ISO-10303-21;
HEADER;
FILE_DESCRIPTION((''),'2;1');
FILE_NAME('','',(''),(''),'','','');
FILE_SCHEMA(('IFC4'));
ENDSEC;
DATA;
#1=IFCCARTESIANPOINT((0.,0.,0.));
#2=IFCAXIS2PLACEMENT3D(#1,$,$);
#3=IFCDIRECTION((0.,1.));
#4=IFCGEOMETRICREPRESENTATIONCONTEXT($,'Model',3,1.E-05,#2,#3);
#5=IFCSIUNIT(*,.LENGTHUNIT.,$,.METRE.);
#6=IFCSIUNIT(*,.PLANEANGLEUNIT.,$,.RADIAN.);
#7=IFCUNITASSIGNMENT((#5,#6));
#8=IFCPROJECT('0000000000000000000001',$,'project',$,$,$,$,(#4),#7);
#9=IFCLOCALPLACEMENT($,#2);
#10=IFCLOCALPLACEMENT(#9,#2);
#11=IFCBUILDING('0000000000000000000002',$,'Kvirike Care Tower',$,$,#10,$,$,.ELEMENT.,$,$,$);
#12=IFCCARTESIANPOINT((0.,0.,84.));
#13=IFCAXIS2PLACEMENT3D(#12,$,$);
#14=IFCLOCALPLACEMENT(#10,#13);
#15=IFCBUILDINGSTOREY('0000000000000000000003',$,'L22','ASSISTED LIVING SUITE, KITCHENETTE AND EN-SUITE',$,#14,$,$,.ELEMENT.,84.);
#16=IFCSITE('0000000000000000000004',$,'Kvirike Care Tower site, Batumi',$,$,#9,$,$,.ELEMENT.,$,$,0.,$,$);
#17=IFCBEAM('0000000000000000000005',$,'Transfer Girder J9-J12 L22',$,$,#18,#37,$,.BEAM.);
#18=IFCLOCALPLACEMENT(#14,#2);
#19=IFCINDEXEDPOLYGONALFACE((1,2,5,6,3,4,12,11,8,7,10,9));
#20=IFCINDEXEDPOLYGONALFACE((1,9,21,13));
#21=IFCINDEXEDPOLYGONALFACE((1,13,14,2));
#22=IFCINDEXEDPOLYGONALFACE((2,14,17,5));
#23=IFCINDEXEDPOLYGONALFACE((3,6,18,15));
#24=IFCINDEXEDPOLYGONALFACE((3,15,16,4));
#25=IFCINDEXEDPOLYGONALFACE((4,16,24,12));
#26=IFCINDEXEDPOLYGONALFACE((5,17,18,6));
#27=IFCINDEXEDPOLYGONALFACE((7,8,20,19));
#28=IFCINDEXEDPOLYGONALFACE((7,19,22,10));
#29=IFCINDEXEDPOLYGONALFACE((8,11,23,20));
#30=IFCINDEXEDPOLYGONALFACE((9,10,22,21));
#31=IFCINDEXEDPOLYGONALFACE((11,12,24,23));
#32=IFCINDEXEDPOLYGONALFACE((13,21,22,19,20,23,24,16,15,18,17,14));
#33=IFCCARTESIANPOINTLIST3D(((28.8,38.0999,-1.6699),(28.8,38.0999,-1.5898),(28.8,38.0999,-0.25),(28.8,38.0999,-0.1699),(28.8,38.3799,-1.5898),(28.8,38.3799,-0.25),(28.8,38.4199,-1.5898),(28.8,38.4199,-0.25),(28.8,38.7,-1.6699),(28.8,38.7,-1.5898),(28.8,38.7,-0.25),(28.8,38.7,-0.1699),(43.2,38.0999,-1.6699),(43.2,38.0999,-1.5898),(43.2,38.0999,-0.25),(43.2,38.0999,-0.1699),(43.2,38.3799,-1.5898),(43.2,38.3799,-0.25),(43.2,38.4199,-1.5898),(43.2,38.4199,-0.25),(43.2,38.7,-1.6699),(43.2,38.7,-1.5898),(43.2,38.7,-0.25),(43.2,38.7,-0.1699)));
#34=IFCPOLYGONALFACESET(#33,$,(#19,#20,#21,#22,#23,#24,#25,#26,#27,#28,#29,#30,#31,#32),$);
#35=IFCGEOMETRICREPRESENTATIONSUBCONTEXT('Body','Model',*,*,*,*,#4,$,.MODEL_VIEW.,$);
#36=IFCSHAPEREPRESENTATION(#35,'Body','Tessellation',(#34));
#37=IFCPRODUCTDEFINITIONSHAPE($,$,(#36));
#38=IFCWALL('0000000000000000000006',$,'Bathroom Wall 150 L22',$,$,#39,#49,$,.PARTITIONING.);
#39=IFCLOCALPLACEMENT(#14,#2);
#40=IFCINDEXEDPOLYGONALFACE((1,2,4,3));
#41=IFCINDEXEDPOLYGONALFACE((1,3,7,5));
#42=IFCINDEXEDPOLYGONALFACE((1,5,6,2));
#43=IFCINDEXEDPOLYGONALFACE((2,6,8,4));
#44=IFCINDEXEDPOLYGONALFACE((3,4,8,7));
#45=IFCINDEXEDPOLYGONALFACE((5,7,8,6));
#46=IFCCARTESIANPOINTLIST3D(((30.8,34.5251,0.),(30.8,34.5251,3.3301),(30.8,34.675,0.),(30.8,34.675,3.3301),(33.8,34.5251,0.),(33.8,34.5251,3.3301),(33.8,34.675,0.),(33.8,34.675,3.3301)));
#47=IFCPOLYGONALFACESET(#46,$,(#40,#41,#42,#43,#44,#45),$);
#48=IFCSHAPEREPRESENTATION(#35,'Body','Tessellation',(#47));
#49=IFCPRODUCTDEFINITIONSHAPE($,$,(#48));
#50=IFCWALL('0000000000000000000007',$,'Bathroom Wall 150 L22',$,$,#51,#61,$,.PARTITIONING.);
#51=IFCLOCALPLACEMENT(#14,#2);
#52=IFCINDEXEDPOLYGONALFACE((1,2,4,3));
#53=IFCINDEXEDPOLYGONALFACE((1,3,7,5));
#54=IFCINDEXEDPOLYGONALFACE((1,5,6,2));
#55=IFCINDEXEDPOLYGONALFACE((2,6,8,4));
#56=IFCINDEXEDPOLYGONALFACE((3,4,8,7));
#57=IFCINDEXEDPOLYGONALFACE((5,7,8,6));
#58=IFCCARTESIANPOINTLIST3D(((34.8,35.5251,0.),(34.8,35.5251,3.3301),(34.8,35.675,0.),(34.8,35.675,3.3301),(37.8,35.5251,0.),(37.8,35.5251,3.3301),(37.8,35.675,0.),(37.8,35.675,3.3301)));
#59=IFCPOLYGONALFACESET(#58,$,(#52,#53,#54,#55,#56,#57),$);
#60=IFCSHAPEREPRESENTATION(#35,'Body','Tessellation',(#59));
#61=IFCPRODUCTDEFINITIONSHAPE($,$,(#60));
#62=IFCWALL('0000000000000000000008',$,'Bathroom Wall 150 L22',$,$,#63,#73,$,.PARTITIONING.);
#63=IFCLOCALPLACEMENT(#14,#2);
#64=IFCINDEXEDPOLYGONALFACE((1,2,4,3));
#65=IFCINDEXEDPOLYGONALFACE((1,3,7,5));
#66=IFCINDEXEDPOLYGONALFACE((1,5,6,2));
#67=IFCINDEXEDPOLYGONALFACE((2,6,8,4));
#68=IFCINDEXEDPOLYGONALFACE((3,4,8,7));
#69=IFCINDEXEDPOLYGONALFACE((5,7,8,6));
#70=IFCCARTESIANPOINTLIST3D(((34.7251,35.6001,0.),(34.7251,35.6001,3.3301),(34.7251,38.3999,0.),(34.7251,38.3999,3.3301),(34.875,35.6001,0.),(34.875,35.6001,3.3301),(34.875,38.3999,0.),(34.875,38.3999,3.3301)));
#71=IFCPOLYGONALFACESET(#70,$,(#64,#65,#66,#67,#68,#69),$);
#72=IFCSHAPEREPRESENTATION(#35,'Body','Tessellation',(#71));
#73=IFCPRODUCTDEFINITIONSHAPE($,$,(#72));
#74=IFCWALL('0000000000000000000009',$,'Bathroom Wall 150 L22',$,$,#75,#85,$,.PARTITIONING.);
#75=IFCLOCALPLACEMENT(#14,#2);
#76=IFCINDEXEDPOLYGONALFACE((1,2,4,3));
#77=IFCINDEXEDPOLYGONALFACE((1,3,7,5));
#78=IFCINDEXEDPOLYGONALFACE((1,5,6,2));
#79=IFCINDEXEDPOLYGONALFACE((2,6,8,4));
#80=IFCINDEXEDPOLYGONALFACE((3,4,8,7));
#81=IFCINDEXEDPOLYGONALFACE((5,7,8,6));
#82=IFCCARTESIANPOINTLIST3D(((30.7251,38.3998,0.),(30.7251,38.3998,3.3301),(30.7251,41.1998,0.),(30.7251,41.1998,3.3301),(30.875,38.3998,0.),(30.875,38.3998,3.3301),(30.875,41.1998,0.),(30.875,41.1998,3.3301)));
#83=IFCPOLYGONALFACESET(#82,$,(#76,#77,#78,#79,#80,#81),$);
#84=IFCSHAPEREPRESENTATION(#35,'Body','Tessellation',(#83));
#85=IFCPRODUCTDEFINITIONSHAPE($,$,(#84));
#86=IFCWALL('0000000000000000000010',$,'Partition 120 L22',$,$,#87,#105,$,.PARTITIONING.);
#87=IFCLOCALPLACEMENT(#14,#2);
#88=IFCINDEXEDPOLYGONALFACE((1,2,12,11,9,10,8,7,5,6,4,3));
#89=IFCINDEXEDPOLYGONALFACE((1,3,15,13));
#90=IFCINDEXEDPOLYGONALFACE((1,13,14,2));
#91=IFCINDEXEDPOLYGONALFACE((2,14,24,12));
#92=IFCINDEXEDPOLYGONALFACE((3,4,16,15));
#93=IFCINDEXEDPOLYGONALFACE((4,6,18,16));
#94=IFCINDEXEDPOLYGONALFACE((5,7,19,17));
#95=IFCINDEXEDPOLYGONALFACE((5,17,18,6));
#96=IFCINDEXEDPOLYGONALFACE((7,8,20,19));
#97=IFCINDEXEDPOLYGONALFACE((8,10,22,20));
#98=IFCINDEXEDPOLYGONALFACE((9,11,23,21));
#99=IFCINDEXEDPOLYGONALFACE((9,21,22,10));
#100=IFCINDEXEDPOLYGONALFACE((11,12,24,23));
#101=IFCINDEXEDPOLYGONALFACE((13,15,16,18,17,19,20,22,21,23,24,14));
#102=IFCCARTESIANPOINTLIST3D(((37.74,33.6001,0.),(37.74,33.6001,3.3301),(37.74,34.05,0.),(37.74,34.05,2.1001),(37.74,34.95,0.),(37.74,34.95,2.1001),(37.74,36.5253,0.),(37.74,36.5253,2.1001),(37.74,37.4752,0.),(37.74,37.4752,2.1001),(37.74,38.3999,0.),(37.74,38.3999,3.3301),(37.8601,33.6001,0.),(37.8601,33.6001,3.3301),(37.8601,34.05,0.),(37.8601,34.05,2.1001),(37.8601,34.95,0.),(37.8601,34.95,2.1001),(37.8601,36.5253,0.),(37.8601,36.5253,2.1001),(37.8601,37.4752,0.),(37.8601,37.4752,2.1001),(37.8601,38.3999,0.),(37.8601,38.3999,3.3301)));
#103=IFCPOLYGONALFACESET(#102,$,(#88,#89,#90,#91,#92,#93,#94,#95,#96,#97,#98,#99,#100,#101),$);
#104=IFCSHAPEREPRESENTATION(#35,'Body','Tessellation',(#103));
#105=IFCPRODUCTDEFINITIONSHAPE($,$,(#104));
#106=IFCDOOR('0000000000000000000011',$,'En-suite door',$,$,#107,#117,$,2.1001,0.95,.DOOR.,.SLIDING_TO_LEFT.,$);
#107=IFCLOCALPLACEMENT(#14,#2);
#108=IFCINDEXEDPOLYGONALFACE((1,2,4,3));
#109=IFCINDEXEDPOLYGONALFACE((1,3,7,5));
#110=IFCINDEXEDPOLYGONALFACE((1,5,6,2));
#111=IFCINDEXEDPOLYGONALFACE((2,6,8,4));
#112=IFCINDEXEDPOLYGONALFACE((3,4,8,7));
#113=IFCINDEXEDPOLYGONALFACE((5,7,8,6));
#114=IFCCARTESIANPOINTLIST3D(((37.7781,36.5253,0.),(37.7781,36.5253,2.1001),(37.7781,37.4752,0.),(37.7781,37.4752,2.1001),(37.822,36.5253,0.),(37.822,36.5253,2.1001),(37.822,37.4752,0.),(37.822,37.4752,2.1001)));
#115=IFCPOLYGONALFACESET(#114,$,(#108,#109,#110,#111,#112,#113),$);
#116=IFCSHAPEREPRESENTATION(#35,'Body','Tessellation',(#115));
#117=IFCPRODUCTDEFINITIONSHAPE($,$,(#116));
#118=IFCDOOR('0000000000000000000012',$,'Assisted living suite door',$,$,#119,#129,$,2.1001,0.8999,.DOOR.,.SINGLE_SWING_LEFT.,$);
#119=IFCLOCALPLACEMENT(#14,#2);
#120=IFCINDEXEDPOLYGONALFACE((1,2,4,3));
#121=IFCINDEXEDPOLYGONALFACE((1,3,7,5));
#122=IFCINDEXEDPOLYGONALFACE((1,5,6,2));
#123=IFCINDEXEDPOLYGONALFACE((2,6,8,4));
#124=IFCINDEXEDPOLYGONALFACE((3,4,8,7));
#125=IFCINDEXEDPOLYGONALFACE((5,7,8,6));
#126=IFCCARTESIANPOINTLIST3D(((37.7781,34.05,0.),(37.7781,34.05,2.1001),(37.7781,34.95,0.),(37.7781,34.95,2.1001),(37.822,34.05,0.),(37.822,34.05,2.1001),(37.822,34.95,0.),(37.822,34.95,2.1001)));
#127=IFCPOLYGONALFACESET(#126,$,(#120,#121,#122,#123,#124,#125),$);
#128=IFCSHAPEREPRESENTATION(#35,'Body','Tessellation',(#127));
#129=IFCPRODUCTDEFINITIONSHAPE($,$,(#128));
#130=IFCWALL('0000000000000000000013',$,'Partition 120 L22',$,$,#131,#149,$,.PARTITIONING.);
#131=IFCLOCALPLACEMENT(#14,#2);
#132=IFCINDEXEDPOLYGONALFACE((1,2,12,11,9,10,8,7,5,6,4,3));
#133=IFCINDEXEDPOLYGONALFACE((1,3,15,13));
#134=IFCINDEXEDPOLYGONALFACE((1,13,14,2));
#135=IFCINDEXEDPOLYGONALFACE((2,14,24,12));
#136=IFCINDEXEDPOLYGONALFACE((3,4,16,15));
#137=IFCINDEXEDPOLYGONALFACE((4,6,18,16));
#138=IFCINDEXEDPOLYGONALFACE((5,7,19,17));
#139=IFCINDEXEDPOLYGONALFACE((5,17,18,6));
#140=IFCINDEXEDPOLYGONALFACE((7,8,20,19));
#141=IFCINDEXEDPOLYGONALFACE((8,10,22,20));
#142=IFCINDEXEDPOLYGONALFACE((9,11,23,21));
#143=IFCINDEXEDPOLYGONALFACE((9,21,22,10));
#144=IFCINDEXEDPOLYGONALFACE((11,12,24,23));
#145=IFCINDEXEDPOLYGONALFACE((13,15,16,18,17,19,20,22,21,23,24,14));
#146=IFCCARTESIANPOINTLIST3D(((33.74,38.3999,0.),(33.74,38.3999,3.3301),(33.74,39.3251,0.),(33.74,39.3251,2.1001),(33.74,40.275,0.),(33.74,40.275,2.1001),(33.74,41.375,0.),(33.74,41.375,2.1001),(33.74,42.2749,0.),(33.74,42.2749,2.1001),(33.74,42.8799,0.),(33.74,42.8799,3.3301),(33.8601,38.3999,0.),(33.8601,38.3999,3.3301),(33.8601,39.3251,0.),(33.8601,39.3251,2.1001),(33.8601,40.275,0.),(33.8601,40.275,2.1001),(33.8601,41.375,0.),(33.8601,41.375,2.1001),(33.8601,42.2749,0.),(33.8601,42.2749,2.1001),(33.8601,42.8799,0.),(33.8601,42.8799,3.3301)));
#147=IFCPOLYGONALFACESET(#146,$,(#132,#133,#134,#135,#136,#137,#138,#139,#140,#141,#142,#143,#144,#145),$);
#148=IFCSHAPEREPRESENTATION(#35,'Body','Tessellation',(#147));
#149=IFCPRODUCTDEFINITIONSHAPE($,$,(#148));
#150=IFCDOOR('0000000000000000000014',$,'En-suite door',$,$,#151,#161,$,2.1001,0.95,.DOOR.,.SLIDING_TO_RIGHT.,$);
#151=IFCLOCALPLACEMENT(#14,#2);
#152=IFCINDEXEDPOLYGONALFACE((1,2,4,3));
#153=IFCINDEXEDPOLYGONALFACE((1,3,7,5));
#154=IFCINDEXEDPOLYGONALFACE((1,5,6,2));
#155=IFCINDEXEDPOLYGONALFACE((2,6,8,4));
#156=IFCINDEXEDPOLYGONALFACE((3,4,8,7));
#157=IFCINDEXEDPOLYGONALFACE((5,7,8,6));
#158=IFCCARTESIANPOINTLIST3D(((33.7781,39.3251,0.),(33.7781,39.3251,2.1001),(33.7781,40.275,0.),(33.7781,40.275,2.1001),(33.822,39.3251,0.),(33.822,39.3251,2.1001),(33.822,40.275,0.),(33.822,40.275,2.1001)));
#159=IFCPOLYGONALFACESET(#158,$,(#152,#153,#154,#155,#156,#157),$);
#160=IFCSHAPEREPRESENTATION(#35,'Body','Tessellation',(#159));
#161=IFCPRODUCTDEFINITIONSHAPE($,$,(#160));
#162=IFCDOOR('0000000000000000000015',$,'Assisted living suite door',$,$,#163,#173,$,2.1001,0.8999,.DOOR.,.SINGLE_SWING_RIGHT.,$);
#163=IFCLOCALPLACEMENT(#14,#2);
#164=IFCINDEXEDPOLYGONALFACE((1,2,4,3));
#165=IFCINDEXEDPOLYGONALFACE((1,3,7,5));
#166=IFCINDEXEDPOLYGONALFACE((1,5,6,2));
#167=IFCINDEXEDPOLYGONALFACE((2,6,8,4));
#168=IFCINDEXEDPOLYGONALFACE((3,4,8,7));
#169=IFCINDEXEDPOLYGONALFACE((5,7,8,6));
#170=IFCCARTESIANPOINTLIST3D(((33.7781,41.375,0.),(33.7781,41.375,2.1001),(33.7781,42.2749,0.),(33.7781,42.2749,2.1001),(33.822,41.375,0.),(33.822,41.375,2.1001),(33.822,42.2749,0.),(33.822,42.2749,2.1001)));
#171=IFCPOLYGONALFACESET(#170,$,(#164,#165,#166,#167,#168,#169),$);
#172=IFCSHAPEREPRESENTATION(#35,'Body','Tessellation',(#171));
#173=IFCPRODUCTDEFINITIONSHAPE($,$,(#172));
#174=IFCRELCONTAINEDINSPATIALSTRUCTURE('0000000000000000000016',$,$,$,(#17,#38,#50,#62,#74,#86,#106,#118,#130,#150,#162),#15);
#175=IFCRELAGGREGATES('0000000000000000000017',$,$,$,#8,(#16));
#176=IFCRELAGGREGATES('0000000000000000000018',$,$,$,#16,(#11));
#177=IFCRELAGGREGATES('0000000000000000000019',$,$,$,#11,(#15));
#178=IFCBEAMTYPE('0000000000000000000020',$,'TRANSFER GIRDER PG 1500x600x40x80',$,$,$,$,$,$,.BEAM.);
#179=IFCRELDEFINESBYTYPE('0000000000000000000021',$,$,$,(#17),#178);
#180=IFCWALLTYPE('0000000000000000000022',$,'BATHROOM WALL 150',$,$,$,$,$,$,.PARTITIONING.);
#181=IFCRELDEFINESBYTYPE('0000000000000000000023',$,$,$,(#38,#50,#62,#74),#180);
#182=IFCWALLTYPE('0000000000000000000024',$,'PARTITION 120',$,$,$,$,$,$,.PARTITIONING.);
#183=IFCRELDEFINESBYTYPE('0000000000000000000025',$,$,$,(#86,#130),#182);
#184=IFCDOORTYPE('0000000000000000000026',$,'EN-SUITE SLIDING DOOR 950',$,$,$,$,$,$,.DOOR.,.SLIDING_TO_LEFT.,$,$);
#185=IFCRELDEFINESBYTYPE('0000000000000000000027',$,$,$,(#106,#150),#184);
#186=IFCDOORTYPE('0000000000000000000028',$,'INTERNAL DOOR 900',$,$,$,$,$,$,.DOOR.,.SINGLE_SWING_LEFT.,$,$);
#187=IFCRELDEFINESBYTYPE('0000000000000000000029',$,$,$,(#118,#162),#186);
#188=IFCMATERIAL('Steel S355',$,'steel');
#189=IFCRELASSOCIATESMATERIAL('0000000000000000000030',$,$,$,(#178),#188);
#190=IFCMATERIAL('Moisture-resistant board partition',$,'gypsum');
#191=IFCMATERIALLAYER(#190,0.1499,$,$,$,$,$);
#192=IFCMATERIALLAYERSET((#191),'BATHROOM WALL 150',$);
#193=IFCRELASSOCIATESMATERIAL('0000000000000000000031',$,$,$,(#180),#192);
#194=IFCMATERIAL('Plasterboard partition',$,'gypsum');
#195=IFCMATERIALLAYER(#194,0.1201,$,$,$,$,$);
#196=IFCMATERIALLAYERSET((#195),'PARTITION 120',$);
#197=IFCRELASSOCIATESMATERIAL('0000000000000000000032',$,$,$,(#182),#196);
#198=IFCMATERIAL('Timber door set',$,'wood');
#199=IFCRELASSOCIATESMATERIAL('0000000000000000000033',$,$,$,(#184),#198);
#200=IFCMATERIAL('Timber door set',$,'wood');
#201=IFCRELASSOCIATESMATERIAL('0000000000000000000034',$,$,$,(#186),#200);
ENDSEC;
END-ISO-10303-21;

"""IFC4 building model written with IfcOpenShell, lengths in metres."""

from ifc_helpers import new_model, si_unit, direction, frame, frame_2d, origin, origin_2d, place, context, subcontext, project, spatial, rectangle, i_section, extrude, material, layer, layer_set, material_profile, profile_set, type_object, element, fill, save


model = new_model("IFC4")

# Units and contexts
model_context = context("Model", 3, precision=1e-05, world=origin(), true_north=direction((0.0, 1.0)))
body_context = subcontext(model_context, "Body", "Model", "MODEL_VIEW")
ifc_project = project(units=[si_unit("LENGTHUNIT", "METRE"), si_unit("PLANEANGLEUNIT", "RADIAN")], contexts=[model_context])

# Site, building, storey
site_placement = place(None, origin())
site = spatial("IfcSite", under=ifc_project, at=site_placement, Name="Kvirike Care Tower site, Batumi", CompositionType="ELEMENT", RefElevation=0.0)
building_placement = place(site_placement, origin())
building = spatial("IfcBuilding", under=site, at=building_placement, Name="Kvirike Care Tower", CompositionType="ELEMENT")
storey_placement = place(building_placement, frame((0.0, 0.0, 84.0)))
storey = spatial("IfcBuildingStorey", under=building, at=storey_placement, Name="L22", Description="ASSISTED LIVING SUITE, KITCHENETTE AND EN-SUITE", CompositionType="ELEMENT", Elevation=84.0)

# Beam
ifc_material_1 = material(Name="Steel S355", Category="steel")
ifc_material_profile = material_profile(ifc_material_1, i_section(OverallWidth=0.6001, OverallDepth=1.5, WebThickness=0.04, FlangeThickness=0.0801, at=origin_2d()), Name="PG 1500x600x40x80")
ifc_profile_set = profile_set([ifc_material_profile], Name="Steel S355")
beam_type = type_object("IfcBeamType", Name="TRANSFER GIRDER PG 1500x600x40x80", PredefinedType="BEAM", material=ifc_profile_set)
beam_placement = place(storey_placement, frame((28.8, 38.3999, -0.9199), z_axis=(1.0, 0.0, 0.0), x_axis=(0.0, 1.0, 0.0)))
element("IfcBeam", 1, at=beam_placement, inside=storey, type_object=beam_type, Name="Transfer Girder J9-J12 L22", PredefinedType="BEAM", context=body_context, shape_type="SweptSolid", body=[
    extrude(i_section(OverallWidth=0.6001, OverallDepth=1.5, WebThickness=0.04, FlangeThickness=0.0801, at=origin_2d()), origin(), (0.0, 0.0, 1.0), 14.3999),
])

# Walls
ifc_material_2 = material(Name="Moisture-resistant board partition", Category="gypsum")
ifc_layer_1 = layer(ifc_material_2, 0.1499)
ifc_layer_set_1 = layer_set([ifc_layer_1], Name="BATHROOM WALL 150")
wall_type_1 = type_object("IfcWallType", Name="BATHROOM WALL 150", PredefinedType="PARTITIONING", material=ifc_layer_set_1)
for number, where, z_axis, x_axis, name in (
    (2, (33.8, 34.6001, 0.0), (0.0, 0.0, 1.0), (-1.0, 0.0, 0.0), "Bathroom Wall 150 L22"),
    (3, (37.8, 35.6001, 0.0), (0.0, 0.0, 1.0), (-1.0, 0.0, 0.0), "Bathroom Wall 150 L22"),
):
    element("IfcWall", number, at=place(storey_placement, frame(where, z_axis=z_axis, x_axis=x_axis)), inside=storey, type_object=wall_type_1, Name=name, PredefinedType="PARTITIONING", context=body_context, shape_type="SweptSolid", body=[
        extrude(rectangle(XDim=3.0, YDim=0.1499, at=frame_2d((1.5, 0.0))), origin(), (0.0, 0.0, 1.0), 3.3301),
    ])
wall_1_placement = place(storey_placement, frame((34.8, 35.6001, 0.0), z_axis=(0.0, 0.0, 1.0), x_axis=(0.0, 1.0, 0.0)))
element("IfcWall", 4, at=wall_1_placement, inside=storey, type_object=wall_type_1, Name="Bathroom Wall 150 L22", PredefinedType="PARTITIONING", context=body_context, shape_type="SweptSolid", body=[
    extrude(rectangle(XDim=2.7998, YDim=0.1499, at=frame_2d((1.3999, 0.0))), origin(), (0.0, 0.0, 1.0), 3.3301),
])
wall_2_placement = place(storey_placement, frame((30.8, 38.3999, 0.0), z_axis=(0.0, 0.0, 1.0), x_axis=(0.0, 1.0, 0.0)))
element("IfcWall", 5, at=wall_2_placement, inside=storey, type_object=wall_type_1, Name="Bathroom Wall 150 L22", PredefinedType="PARTITIONING", context=body_context, shape_type="SweptSolid", body=[
    extrude(rectangle(XDim=2.8, YDim=0.1499, at=frame_2d((1.3999, 0.0))), origin(), (0.0, 0.0, 1.0), 3.3301),
])

# Walls, openings, doors
ifc_material_3 = material(Name="Plasterboard partition", Category="gypsum")
ifc_layer_2 = layer(ifc_material_3, 0.1201)
ifc_layer_set_2 = layer_set([ifc_layer_2], Name="PARTITION 120")
wall_type_2 = type_object("IfcWallType", Name="PARTITION 120", PredefinedType="PARTITIONING", material=ifc_layer_set_2)
wall_3_placement = place(storey_placement, frame((37.8, 33.6001, 0.0), z_axis=(0.0, 0.0, 1.0), x_axis=(0.0, 1.0, 0.0)))
wall_3 = element("IfcWall", 6, at=wall_3_placement, inside=storey, type_object=wall_type_2, Name="Partition 120 L22", PredefinedType="PARTITIONING", context=body_context, shape_type="SweptSolid", body=[
    extrude(rectangle(XDim=4.7998, YDim=0.1201, at=frame_2d((2.3999, 0.0))), origin(), (0.0, 0.0, 1.0), 3.3301),
])
opening_1_placement = place(wall_3_placement, frame((0.45, 0.0, 0.0)))
opening_1 = element("IfcOpeningElement", 7, at=opening_1_placement, cuts=wall_3, PredefinedType="OPENING", context=body_context, shape_type="SweptSolid", body=[
    extrude(rectangle(XDim=0.8999, YDim=2.1001, at=frame_2d((0.45, 1.05))), frame((0.0, 0.0706, 0.0), z_axis=(0.0, -1.0, 0.0), x_axis=(1.0, 0.0, 0.0)), (0.0, 0.0, 1.0), 0.1411),
])
opening_2_placement = place(wall_3_placement, frame((2.925, 0.0, 0.0)))
opening_2 = element("IfcOpeningElement", 8, at=opening_2_placement, cuts=wall_3, PredefinedType="OPENING", context=body_context, shape_type="SweptSolid", body=[
    extrude(rectangle(XDim=0.95, YDim=2.1001, at=frame_2d((0.4751, 1.05))), frame((0.0, 0.0706, 0.0), z_axis=(0.0, -1.0, 0.0), x_axis=(1.0, 0.0, 0.0)), (0.0, 0.0, 1.0), 0.1411),
])
ifc_material_4 = material(Name="Timber door set", Category="wood")
door_type_1 = type_object("IfcDoorType", Name="EN-SUITE SLIDING DOOR 950", OperationType="SLIDING_TO_LEFT", PredefinedType="DOOR", material=ifc_material_4)
door_1_placement = place(opening_2_placement, origin())
door_1 = element("IfcDoor", 9, at=door_1_placement, inside=storey, type_object=door_type_1, Name="En-suite door", OperationType="SLIDING_TO_LEFT", OverallHeight=2.1001, OverallWidth=0.95, PredefinedType="DOOR", context=body_context, shape_type="SweptSolid", body=[
    extrude(rectangle(XDim=0.95, YDim=2.1001, at=frame_2d((0.4751, 1.05))), frame((0.0, 0.022, 0.0), z_axis=(0.0, -1.0, 0.0), x_axis=(1.0, 0.0, 0.0)), (0.0, 0.0, 1.0), 0.0439),
])
fill(opening_2, door_1)
ifc_material_5 = material(Name="Timber door set", Category="wood")
door_type_2 = type_object("IfcDoorType", Name="INTERNAL DOOR 900", OperationType="SINGLE_SWING_LEFT", PredefinedType="DOOR", material=ifc_material_5)
door_2_placement = place(opening_1_placement, frame((0.8999, 0.0, 0.0), z_axis=(0.0, 0.0, 1.0), x_axis=(-1.0, 0.0, 0.0)))
door_2 = element("IfcDoor", 10, at=door_2_placement, inside=storey, type_object=door_type_2, Name="Assisted living suite door", OperationType="SINGLE_SWING_LEFT", OverallHeight=2.1001, OverallWidth=0.8999, PredefinedType="DOOR", context=body_context, shape_type="SweptSolid", body=[
    extrude(rectangle(XDim=0.8999, YDim=2.1001, at=frame_2d((0.45, 1.05))), frame((0.0, 0.022, 0.0), z_axis=(0.0, -1.0, 0.0), x_axis=(1.0, 0.0, 0.0)), (0.0, 0.0, 1.0), 0.0439),
])
fill(opening_1, door_2)
wall_4_placement = place(storey_placement, frame((33.8, 38.3999, 0.0), z_axis=(0.0, 0.0, 1.0), x_axis=(0.0, 1.0, 0.0)))
wall_4 = element("IfcWall", 11, at=wall_4_placement, inside=storey, type_object=wall_type_2, Name="Partition 120 L22", PredefinedType="PARTITIONING", context=body_context, shape_type="SweptSolid", body=[
    extrude(rectangle(XDim=4.48, YDim=0.1201, at=frame_2d((2.24, 0.0))), origin(), (0.0, 0.0, 1.0), 3.3301),
])
opening_3_placement = place(wall_4_placement, frame((2.9751, 0.0, 0.0)))
opening_3 = element("IfcOpeningElement", 12, at=opening_3_placement, cuts=wall_4, PredefinedType="OPENING", context=body_context, shape_type="SweptSolid", body=[
    extrude(rectangle(XDim=0.8999, YDim=2.1001, at=frame_2d((0.45, 1.05))), frame((0.0, 0.0706, 0.0), z_axis=(0.0, -1.0, 0.0), x_axis=(1.0, 0.0, 0.0)), (0.0, 0.0, 1.0), 0.1411),
])
opening_4_placement = place(wall_4_placement, frame((0.925, 0.0, 0.0)))
opening_4 = element("IfcOpeningElement", 13, at=opening_4_placement, cuts=wall_4, PredefinedType="OPENING", context=body_context, shape_type="SweptSolid", body=[
    extrude(rectangle(XDim=0.95, YDim=2.1001, at=frame_2d((0.4751, 1.05))), frame((0.0, 0.0706, 0.0), z_axis=(0.0, -1.0, 0.0), x_axis=(1.0, 0.0, 0.0)), (0.0, 0.0, 1.0), 0.1411),
])
door_3_placement = place(opening_4_placement, origin())
door_3 = element("IfcDoor", 14, at=door_3_placement, inside=storey, type_object=door_type_1, Name="En-suite door", OperationType="SLIDING_TO_RIGHT", OverallHeight=2.1001, OverallWidth=0.95, PredefinedType="DOOR", context=body_context, shape_type="SweptSolid", body=[
    extrude(rectangle(XDim=0.95, YDim=2.1001, at=frame_2d((0.4751, 1.05))), frame((0.0, 0.022, 0.0), z_axis=(0.0, -1.0, 0.0), x_axis=(1.0, 0.0, 0.0)), (0.0, 0.0, 1.0), 0.0439),
])
fill(opening_4, door_3)
door_4_placement = place(opening_3_placement, origin())
door_4 = element("IfcDoor", 15, at=door_4_placement, inside=storey, type_object=door_type_2, Name="Assisted living suite door", OperationType="SINGLE_SWING_RIGHT", OverallHeight=2.1001, OverallWidth=0.8999, PredefinedType="DOOR", context=body_context, shape_type="SweptSolid", body=[
    extrude(rectangle(XDim=0.8999, YDim=2.1001, at=frame_2d((0.45, 1.05))), frame((0.0, 0.022, 0.0), z_axis=(0.0, -1.0, 0.0), x_axis=(1.0, 0.0, 0.0)), (0.0, 0.0, 1.0), 0.0439),
])
fill(opening_3, door_4)

save(model, "model.ifc")
